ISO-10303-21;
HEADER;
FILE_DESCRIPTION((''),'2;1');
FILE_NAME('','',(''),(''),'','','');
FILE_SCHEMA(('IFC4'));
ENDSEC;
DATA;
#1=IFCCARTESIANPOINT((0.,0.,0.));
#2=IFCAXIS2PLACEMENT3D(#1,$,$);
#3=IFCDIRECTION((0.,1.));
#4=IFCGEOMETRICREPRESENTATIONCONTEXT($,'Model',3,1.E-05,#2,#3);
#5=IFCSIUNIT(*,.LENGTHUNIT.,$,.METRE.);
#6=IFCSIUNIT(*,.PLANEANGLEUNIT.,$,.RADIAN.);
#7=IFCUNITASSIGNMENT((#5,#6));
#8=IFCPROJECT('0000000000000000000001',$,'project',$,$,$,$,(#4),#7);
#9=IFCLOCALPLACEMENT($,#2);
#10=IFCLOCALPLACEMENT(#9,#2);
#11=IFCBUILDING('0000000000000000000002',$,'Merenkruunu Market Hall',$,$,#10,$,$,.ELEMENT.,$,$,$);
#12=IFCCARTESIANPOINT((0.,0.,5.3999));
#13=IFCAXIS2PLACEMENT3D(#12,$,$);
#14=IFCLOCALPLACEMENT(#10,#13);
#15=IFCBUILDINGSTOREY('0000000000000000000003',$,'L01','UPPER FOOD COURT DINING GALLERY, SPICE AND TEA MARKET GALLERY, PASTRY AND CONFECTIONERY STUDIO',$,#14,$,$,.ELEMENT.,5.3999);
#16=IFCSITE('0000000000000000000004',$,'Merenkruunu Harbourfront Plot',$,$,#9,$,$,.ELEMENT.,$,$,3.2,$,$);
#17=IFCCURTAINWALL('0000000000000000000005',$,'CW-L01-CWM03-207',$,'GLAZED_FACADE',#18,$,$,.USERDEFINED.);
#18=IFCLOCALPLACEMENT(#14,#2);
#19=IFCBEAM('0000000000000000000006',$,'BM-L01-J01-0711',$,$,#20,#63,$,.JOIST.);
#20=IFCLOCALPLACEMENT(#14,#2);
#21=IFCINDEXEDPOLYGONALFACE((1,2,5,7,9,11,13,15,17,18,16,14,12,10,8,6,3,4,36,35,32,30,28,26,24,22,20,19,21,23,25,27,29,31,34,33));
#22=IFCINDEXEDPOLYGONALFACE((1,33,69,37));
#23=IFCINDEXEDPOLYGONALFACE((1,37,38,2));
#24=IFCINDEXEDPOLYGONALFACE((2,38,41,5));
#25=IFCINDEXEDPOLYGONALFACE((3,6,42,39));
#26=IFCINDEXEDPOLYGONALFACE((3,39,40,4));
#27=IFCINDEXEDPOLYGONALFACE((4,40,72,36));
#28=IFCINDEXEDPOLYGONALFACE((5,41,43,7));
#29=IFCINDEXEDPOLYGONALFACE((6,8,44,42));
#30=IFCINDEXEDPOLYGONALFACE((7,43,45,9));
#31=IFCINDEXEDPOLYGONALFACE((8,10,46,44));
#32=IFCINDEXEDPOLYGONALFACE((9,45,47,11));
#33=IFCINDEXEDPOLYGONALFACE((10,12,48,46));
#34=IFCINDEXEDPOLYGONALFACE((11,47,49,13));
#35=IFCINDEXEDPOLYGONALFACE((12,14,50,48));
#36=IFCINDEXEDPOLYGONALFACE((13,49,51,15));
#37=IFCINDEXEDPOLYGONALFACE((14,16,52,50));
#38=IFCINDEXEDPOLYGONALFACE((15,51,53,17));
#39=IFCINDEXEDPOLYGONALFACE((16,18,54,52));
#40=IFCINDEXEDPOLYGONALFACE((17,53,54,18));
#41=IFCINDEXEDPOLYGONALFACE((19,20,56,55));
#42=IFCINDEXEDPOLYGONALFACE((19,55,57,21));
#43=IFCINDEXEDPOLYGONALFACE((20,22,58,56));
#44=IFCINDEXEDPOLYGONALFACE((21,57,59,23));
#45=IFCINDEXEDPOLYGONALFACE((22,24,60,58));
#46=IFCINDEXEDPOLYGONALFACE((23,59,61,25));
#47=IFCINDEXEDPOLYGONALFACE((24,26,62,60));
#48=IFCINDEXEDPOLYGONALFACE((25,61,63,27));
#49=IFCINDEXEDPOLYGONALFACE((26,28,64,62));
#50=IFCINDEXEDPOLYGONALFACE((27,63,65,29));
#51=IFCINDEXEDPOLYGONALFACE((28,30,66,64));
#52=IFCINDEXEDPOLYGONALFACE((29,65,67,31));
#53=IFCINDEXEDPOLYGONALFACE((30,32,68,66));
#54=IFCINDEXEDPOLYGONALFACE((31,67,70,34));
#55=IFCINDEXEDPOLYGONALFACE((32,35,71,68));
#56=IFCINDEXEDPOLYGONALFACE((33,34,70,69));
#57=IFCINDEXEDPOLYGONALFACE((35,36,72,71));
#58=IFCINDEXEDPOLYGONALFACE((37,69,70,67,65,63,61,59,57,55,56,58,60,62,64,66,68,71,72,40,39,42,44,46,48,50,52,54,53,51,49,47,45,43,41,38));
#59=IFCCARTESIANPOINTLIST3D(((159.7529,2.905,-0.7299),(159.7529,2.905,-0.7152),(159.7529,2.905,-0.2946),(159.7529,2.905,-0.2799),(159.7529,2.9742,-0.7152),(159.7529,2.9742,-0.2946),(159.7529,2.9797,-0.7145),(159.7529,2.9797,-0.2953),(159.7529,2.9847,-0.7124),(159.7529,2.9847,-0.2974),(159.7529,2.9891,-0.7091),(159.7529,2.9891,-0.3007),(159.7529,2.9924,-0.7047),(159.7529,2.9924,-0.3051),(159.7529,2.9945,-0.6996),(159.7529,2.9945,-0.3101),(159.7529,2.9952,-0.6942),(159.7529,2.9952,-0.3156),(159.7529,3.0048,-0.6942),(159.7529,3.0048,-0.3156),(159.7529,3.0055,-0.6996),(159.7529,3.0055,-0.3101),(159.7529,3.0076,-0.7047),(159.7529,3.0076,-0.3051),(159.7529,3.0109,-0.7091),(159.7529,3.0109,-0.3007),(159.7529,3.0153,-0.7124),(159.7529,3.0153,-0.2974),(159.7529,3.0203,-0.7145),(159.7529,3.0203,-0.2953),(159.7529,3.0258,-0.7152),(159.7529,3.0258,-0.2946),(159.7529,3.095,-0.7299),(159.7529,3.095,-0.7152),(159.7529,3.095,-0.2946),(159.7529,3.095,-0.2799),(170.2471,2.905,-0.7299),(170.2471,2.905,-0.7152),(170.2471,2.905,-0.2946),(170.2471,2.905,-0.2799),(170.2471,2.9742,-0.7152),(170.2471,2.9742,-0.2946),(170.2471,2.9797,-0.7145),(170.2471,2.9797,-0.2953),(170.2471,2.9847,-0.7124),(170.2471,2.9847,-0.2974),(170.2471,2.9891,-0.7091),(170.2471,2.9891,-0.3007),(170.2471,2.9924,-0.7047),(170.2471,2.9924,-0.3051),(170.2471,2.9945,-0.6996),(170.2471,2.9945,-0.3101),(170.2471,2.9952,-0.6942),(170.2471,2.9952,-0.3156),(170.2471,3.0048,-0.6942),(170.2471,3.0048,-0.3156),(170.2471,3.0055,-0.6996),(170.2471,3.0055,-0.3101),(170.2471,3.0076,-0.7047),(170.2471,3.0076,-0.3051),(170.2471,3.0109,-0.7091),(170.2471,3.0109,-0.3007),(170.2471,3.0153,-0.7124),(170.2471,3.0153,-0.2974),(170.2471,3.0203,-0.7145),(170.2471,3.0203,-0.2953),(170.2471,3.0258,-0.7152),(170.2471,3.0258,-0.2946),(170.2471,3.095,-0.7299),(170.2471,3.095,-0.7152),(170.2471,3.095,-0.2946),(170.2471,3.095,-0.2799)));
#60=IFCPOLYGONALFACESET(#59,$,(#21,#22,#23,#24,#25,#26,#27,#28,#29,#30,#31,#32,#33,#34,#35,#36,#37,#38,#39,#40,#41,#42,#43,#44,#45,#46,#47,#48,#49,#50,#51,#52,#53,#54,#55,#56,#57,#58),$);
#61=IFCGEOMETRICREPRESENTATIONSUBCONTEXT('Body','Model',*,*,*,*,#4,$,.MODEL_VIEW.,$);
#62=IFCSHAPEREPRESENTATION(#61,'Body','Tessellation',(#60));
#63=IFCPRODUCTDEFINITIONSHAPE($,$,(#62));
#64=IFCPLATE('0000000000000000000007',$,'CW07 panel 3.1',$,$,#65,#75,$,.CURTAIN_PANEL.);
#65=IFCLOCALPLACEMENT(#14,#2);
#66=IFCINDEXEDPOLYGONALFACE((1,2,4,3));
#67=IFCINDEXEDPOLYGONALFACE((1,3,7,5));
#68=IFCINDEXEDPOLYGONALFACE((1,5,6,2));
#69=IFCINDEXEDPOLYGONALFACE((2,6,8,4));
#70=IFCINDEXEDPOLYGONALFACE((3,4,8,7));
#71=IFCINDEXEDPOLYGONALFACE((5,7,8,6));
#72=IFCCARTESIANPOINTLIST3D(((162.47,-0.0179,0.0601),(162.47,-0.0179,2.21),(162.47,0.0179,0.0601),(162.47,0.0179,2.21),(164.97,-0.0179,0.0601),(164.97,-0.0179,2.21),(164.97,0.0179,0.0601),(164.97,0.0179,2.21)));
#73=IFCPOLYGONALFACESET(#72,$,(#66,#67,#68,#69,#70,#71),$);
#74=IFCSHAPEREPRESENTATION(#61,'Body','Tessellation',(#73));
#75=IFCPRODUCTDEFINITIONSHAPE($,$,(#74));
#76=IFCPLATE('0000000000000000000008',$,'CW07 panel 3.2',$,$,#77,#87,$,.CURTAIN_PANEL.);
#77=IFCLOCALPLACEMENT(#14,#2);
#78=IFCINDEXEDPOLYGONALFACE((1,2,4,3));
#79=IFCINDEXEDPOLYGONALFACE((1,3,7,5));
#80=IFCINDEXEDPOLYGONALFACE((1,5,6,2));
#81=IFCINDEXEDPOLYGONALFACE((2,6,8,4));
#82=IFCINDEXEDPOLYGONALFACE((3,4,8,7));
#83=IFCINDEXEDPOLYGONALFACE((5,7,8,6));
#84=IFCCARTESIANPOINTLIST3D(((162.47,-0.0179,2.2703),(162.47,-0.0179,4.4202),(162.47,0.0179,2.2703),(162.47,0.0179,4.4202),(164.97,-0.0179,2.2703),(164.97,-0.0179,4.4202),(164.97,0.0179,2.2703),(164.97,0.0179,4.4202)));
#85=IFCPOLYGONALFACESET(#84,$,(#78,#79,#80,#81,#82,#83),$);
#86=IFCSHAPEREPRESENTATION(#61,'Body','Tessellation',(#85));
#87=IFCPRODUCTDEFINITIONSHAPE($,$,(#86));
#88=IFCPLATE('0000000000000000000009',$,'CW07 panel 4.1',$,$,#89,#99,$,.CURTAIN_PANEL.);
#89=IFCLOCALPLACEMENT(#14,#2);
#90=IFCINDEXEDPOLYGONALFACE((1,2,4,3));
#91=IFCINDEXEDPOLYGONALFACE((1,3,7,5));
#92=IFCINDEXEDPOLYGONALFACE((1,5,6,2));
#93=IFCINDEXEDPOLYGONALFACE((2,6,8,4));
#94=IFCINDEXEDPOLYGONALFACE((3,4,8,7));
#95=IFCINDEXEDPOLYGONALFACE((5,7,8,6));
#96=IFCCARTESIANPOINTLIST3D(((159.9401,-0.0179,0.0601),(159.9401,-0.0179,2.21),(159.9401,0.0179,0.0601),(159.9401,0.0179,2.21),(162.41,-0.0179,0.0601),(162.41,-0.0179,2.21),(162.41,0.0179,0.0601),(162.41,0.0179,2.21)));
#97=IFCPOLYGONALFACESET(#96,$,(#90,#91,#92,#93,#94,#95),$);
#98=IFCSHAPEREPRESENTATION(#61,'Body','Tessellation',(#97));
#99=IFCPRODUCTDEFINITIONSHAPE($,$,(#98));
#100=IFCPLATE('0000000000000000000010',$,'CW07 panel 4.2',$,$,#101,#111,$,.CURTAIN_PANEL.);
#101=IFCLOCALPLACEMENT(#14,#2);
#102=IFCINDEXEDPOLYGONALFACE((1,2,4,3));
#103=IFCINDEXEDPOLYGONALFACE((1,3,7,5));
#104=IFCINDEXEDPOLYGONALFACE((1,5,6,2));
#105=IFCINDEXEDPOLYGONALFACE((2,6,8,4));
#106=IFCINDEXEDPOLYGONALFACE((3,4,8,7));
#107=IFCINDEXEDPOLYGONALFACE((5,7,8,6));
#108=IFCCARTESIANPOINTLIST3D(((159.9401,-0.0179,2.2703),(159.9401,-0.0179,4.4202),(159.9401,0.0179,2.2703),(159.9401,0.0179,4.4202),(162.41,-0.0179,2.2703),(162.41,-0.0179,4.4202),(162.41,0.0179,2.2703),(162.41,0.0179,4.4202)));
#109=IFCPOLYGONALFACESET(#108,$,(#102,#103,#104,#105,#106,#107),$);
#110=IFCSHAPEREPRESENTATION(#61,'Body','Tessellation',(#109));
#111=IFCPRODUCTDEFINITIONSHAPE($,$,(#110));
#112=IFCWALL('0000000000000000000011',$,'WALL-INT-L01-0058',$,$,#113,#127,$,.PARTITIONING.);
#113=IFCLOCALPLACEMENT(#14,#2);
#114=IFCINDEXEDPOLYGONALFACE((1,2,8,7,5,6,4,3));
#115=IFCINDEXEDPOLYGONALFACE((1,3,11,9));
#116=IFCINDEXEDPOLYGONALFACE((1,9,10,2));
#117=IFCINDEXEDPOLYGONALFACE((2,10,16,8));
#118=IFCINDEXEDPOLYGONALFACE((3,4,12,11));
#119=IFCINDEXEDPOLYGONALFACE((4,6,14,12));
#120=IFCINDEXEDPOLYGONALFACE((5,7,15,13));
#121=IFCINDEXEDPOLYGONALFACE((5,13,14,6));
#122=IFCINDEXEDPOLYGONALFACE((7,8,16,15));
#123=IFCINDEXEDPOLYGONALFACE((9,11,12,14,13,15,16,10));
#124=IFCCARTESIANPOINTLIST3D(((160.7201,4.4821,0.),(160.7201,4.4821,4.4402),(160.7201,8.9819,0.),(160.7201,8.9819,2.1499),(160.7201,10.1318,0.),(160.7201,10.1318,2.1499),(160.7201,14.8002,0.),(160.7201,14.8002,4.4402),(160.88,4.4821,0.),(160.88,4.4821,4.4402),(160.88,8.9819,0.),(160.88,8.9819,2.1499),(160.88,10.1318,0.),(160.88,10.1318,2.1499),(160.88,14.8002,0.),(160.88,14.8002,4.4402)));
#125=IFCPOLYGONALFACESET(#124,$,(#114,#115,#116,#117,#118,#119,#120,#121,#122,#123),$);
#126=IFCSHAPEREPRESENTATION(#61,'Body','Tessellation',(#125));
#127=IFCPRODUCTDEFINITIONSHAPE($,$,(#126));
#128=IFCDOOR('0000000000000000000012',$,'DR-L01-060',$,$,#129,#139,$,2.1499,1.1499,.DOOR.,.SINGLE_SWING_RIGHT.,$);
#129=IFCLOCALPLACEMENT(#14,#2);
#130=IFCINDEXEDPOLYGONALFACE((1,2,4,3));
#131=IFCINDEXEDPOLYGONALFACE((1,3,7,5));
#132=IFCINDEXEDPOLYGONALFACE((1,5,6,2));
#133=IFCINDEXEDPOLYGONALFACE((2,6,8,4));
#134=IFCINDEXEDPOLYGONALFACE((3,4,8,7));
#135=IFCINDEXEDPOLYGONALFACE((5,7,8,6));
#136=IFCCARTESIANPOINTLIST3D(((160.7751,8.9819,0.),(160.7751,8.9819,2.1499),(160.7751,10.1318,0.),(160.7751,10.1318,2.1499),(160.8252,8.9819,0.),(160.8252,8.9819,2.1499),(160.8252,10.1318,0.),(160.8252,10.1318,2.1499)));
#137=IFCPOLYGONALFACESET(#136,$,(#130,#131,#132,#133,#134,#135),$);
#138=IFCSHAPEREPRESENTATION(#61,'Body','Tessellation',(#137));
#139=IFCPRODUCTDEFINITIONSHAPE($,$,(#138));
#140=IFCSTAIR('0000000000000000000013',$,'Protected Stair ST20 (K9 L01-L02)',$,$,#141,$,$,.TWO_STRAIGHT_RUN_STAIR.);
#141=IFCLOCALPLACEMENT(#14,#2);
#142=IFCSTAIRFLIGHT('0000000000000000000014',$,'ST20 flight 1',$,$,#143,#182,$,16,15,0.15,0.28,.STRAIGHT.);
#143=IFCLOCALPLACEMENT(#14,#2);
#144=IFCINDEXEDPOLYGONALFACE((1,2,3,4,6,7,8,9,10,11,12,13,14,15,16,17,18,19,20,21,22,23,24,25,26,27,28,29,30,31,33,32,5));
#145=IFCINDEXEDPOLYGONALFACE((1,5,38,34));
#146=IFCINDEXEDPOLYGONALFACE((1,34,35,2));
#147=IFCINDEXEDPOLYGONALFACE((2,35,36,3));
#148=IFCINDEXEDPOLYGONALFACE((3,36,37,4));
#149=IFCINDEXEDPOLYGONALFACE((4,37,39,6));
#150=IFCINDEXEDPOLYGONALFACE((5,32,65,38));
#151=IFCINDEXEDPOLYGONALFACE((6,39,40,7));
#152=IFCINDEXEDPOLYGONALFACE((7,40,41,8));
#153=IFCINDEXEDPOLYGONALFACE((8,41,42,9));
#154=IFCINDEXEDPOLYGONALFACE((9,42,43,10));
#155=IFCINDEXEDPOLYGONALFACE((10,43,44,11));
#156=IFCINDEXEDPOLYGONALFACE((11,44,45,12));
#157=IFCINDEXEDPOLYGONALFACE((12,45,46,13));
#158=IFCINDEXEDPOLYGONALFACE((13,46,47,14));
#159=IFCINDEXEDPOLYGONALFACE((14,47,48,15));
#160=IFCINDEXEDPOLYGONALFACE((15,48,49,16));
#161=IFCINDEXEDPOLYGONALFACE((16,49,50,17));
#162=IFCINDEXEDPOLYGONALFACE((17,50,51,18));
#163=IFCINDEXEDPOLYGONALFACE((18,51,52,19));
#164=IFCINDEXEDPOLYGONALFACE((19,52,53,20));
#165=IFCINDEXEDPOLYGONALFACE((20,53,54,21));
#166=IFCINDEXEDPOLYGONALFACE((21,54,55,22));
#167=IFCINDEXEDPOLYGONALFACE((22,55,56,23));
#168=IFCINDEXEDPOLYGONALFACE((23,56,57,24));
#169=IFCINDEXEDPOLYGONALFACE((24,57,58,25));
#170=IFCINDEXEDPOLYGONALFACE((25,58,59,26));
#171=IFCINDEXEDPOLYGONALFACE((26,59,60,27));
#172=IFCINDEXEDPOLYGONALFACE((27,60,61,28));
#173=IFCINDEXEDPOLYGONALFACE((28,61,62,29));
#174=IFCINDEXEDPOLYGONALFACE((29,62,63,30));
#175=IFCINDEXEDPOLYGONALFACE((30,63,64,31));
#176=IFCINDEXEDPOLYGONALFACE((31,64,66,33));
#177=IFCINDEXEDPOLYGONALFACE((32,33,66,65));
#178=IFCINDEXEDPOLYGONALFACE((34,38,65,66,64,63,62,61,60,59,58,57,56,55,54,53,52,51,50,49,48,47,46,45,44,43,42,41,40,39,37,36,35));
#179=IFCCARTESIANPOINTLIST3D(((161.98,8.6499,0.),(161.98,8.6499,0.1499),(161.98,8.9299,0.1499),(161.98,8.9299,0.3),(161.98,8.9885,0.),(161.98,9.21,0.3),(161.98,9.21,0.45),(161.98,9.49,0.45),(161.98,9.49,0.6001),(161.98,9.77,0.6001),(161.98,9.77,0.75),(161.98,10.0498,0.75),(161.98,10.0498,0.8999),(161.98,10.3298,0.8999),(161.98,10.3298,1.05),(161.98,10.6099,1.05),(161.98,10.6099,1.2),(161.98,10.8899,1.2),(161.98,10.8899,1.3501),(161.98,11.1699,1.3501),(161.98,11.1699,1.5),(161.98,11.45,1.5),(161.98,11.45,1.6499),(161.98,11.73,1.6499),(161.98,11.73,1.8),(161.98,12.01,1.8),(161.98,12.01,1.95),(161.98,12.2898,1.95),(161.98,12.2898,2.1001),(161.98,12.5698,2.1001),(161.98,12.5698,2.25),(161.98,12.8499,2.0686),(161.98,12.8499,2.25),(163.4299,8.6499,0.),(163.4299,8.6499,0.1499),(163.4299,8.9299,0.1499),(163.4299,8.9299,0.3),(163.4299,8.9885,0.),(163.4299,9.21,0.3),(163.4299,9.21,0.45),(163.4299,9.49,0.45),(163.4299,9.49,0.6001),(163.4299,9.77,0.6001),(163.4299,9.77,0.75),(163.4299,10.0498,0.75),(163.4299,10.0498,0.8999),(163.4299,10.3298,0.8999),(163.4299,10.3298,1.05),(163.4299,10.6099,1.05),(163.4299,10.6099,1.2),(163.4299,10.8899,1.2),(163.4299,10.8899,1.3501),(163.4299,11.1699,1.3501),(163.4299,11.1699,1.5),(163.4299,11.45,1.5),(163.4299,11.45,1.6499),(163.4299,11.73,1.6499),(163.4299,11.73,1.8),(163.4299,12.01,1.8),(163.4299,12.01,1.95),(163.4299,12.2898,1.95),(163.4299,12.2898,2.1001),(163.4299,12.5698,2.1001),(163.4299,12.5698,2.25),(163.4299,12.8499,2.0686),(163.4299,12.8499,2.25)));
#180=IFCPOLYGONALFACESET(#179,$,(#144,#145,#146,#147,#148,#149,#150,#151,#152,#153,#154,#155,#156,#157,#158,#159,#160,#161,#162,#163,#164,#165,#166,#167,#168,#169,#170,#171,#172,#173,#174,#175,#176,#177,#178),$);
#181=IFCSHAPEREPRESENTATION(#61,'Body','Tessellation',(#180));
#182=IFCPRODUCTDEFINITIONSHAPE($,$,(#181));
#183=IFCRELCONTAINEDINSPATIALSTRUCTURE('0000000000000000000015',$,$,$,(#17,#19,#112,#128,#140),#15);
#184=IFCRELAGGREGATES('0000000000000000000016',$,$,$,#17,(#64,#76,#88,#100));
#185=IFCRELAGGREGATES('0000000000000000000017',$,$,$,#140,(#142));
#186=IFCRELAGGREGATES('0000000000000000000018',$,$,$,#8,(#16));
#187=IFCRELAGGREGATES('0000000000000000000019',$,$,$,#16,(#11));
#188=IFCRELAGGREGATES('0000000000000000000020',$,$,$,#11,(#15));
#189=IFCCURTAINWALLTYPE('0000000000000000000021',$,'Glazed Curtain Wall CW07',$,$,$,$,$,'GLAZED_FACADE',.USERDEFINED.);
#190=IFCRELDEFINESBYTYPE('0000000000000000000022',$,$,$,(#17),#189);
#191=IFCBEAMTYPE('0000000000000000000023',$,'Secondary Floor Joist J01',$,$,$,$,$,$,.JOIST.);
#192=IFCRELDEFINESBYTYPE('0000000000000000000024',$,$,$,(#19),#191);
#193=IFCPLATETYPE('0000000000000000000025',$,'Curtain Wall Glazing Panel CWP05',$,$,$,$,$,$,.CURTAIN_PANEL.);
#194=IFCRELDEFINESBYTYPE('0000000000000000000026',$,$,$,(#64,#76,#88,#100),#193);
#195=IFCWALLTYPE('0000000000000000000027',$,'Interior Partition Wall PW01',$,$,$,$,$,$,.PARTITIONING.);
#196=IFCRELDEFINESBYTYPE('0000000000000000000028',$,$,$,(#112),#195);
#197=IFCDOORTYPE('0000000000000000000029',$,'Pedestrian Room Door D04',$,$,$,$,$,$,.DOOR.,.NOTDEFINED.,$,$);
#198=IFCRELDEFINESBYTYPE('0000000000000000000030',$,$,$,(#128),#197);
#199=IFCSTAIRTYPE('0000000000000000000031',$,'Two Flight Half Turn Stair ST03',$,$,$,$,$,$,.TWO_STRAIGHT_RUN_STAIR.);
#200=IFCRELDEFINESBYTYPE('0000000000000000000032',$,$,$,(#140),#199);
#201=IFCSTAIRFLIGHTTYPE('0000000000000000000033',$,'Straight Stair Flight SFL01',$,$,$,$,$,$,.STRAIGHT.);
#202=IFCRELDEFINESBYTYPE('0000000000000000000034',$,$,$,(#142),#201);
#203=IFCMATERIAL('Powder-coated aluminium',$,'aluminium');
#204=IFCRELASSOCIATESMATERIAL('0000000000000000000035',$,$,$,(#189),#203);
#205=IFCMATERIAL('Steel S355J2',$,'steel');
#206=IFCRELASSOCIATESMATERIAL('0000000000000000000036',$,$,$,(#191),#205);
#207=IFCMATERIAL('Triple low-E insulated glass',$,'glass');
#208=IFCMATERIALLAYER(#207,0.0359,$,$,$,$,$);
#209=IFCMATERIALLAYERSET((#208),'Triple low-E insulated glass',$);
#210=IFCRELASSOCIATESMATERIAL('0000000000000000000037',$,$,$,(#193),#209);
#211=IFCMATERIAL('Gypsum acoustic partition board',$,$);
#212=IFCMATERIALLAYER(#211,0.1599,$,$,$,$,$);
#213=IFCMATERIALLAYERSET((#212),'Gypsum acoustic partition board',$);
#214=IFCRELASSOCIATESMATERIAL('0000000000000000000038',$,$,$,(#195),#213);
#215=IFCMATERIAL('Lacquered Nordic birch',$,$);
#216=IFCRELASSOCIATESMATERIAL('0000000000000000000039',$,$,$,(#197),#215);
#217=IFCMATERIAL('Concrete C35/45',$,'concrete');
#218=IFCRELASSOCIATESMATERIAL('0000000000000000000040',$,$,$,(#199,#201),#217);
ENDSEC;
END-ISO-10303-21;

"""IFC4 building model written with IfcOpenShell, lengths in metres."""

from ifc_helpers import new_model, si_unit, direction, frame, frame_2d, origin, origin_2d, place, context, subcontext, project, spatial, polyline, rectangle, i_section, outline, extrude, material, layer, layer_set, material_profile, profile_set, type_object, element, fill, aggregate, save


model = new_model("IFC4")

# Units and contexts
model_context = context("Model", 3, precision=1e-05, world=origin(), true_north=direction((0.0, 1.0)))
body_context = subcontext(model_context, "Body", "Model", "MODEL_VIEW")
ifc_project = project(units=[si_unit("LENGTHUNIT", "METRE"), si_unit("PLANEANGLEUNIT", "RADIAN")], contexts=[model_context])

# Site, building, storey
site_placement = place(None, origin())
site = spatial("IfcSite", under=ifc_project, at=site_placement, Name="Merenkruunu Harbourfront Plot", CompositionType="ELEMENT", RefElevation=3.2)
building_placement = place(site_placement, origin())
building = spatial("IfcBuilding", under=site, at=building_placement, Name="Merenkruunu Market Hall", CompositionType="ELEMENT")
storey_placement = place(building_placement, frame((0.0, 0.0, 5.3999)))
storey = spatial("IfcBuildingStorey", under=building, at=storey_placement, Name="L01", Description="UPPER FOOD COURT DINING GALLERY, SPICE AND TEA MARKET GALLERY, PASTRY AND CONFECTIONERY STUDIO", CompositionType="ELEMENT", Elevation=5.3999)

# Curtain wall
ifc_material_1 = material(Name="Powder-coated aluminium", Category="aluminium")
curtain_wall_type = type_object("IfcCurtainWallType", Name="Glazed Curtain Wall CW07", ElementType="GLAZED_FACADE", PredefinedType="USERDEFINED", material=ifc_material_1)
curtain_wall_placement = place(storey_placement, origin())
curtain_wall = element("IfcCurtainWall", 1, at=curtain_wall_placement, inside=storey, type_object=curtain_wall_type, Name="CW-L01-CWM03-207", ObjectType="GLAZED_FACADE", PredefinedType="USERDEFINED")

# Beam
ifc_material_2 = material(Name="Steel S355J2", Category="steel")
ifc_material_profile_1 = material_profile(ifc_material_2, i_section(OverallWidth=0.1899, OverallDepth=0.45, WebThickness=0.0095, FlangeThickness=0.0146, FilletRadius=0.021, at=origin_2d()), Name="IPE 450")
ifc_profile_set_1 = profile_set([ifc_material_profile_1], Name="Steel S355J2")
beam_type = type_object("IfcBeamType", Name="Secondary Floor Joist J01", PredefinedType="JOIST", material=ifc_profile_set_1)
beam_placement = place(storey_placement, frame((159.7529, 3.0, -0.5049), z_axis=(1.0, 0.0, 0.0), x_axis=(0.0, 1.0, 0.0)))
element("IfcBeam", 2, at=beam_placement, inside=storey, type_object=beam_type, Name="BM-L01-J01-0711", PredefinedType="JOIST", context=body_context, shape_type="SweptSolid", body=[
    extrude(i_section(OverallWidth=0.1899, OverallDepth=0.45, WebThickness=0.0095, FlangeThickness=0.0146, FilletRadius=0.021, at=origin_2d()), origin(), (0.0, 0.0, 1.0), 10.4941),
])

# Plates
ifc_material_3 = material(Name="Triple low-E insulated glass", Category="glass")
ifc_layer_1 = layer(ifc_material_3, 0.0359)
ifc_layer_set_1 = layer_set([ifc_layer_1], Name="Triple low-E insulated glass")
plate_type = type_object("IfcPlateType", Name="Curtain Wall Glazing Panel CWP05", PredefinedType="CURTAIN_PANEL", material=ifc_layer_set_1)
plate_1_placement = place(storey_placement, frame((163.72, 0.0, 0.0601), z_axis=(0.0, 0.0, 1.0), x_axis=(-1.0, 0.0, 0.0)))
plate_1 = element("IfcPlate", 3, at=plate_1_placement, type_object=plate_type, Name="CW07 panel 3.1", PredefinedType="CURTAIN_PANEL", context=body_context, shape_type="SweptSolid", body=[
    extrude(rectangle(XDim=2.5, YDim=0.0359, at=origin_2d()), origin(), (0.0, 0.0, 1.0), 2.1499),
])
plate_2_placement = place(storey_placement, frame((163.72, 0.0, 2.2703), z_axis=(0.0, 0.0, 1.0), x_axis=(-1.0, 0.0, 0.0)))
plate_2 = element("IfcPlate", 4, at=plate_2_placement, type_object=plate_type, Name="CW07 panel 3.2", PredefinedType="CURTAIN_PANEL", context=body_context, shape_type="SweptSolid", body=[
    extrude(rectangle(XDim=2.5, YDim=0.0359, at=origin_2d()), origin(), (0.0, 0.0, 1.0), 2.1499),
])
plate_3_placement = place(storey_placement, frame((161.175, 0.0, 0.0601), z_axis=(0.0, 0.0, 1.0), x_axis=(-1.0, 0.0, 0.0)))
plate_3 = element("IfcPlate", 5, at=plate_3_placement, type_object=plate_type, Name="CW07 panel 4.1", PredefinedType="CURTAIN_PANEL", context=body_context, shape_type="SweptSolid", body=[
    extrude(rectangle(XDim=2.47, YDim=0.0359, at=origin_2d()), origin(), (0.0, 0.0, 1.0), 2.1499),
])
plate_4_placement = place(storey_placement, frame((161.175, 0.0, 2.2703), z_axis=(0.0, 0.0, 1.0), x_axis=(-1.0, 0.0, 0.0)))
plate_4 = element("IfcPlate", 6, at=plate_4_placement, type_object=plate_type, Name="CW07 panel 4.2", PredefinedType="CURTAIN_PANEL", context=body_context, shape_type="SweptSolid", body=[
    extrude(rectangle(XDim=2.47, YDim=0.0359, at=origin_2d()), origin(), (0.0, 0.0, 1.0), 2.1499),
])
aggregate(curtain_wall, [plate_1, plate_2, plate_3, plate_4])

# Wall, opening, door
ifc_material_4 = material(Name="Gypsum acoustic partition board")
ifc_layer_2 = layer(ifc_material_4, 0.1599)
ifc_layer_set_2 = layer_set([ifc_layer_2], Name="Gypsum acoustic partition board")
wall_type = type_object("IfcWallType", Name="Interior Partition Wall PW01", PredefinedType="PARTITIONING", material=ifc_layer_set_2)
wall_placement = place(storey_placement, frame((160.8, 4.4819, 0.0), z_axis=(0.0, 0.0, 1.0), x_axis=(0.0, 1.0, 0.0)))
wall = element("IfcWall", 7, at=wall_placement, inside=storey, type_object=wall_type, Name="WALL-INT-L01-0058", PredefinedType="PARTITIONING", context=body_context, shape_type="SweptSolid", body=[
    extrude(rectangle(XDim=10.3181, YDim=0.1599, at=frame_2d((5.1592, 0.0))), origin(), (0.0, 0.0, 1.0), 4.4402),
])
opening_placement = place(wall_placement, frame((4.5, 0.0, 0.0)))
opening = element("IfcOpeningElement", 8, at=opening_placement, cuts=wall, PredefinedType="OPENING", context=body_context, shape_type="SweptSolid", body=[
    extrude(rectangle(XDim=1.1499, YDim=2.1499, at=frame_2d((0.575, 1.075))), frame((0.0, 0.0898, 0.0), z_axis=(0.0, -1.0, 0.0), x_axis=(1.0, 0.0, 0.0)), (0.0, 0.0, 1.0), 0.1799),
])
ifc_material_5 = material(Name="Lacquered Nordic birch")
door_type = type_object("IfcDoorType", Name="Pedestrian Room Door D04", OperationType="NOTDEFINED", PredefinedType="DOOR", material=ifc_material_5)
door_placement = place(opening_placement, origin())
door = element("IfcDoor", 9, at=door_placement, inside=storey, type_object=door_type, Name="DR-L01-060", OperationType="SINGLE_SWING_RIGHT", OverallHeight=2.1499, OverallWidth=1.1499, PredefinedType="DOOR", context=body_context, shape_type="SweptSolid", body=[
    extrude(rectangle(XDim=1.1499, YDim=2.1499, at=frame_2d((0.575, 1.075))), frame((0.0, 0.0249, 0.0), z_axis=(0.0, -1.0, 0.0), x_axis=(1.0, 0.0, 0.0)), (0.0, 0.0, 1.0), 0.05),
])
fill(opening, door)

# Stair, stair flight
ifc_material_6 = material(Name="Concrete C35/45", Category="concrete")
stair_type = type_object("IfcStairType", Name="Two Flight Half Turn Stair ST03", PredefinedType="TWO_STRAIGHT_RUN_STAIR", material=ifc_material_6)
stair_placement = place(storey_placement, origin())
stair = element("IfcStair", 10, at=stair_placement, inside=storey, type_object=stair_type, Name="Protected Stair ST20 (K9 L01-L02)", PredefinedType="TWO_STRAIGHT_RUN_STAIR")
stair_flight_type = type_object("IfcStairFlightType", Name="Straight Stair Flight SFL01", PredefinedType="STRAIGHT", material=ifc_material_6)
stair_flight_placement = place(storey_placement, frame((162.7051, 8.6499, 0.0), z_axis=(0.0, 0.0, 1.0), x_axis=(0.0, 1.0, 0.0)))
stair_flight = element("IfcStairFlight", 11, at=stair_flight_placement, type_object=stair_flight_type, Name="ST20 flight 1", NumberOfRisers=16, NumberOfTreads=15, PredefinedType="STRAIGHT", RiserHeight=0.15, TreadLength=0.28, context=body_context, shape_type="SweptSolid", body=[
    extrude(outline(polyline([(0.0, 0.0), (0.0, 0.1499), (0.28, 0.1499), (0.28, 0.3), (0.5601, 0.3), (0.5601, 0.45), (0.8401, 0.45), (0.8401, 0.6001), (1.1201, 0.6001), (1.1201, 0.75), (1.3999, 0.75), (1.3999, 0.8999), (1.6799, 0.8999), (1.6799, 1.05), (1.96, 1.05), (1.96, 1.2), (2.24, 1.2), (2.24, 1.3501), (2.52, 1.3501), (2.52, 1.5), (2.8, 1.5), (2.8, 1.6499), (3.0801, 1.6499), (3.0801, 1.8), (3.3601, 1.8), (3.3601, 1.95), (3.6399, 1.95), (3.6399, 2.1001), (3.9199, 2.1001), (3.9199, 2.25), (4.2, 2.25), (4.2, 2.3999), (4.2, 2.0686), (0.3386, 0.0), (0.0, 0.0)])), frame((0.0, 0.7251, 0.0), z_axis=(0.0, -1.0, 0.0), x_axis=(1.0, 0.0, 0.0)), (0.0, 0.0, 1.0), 1.45),
])
aggregate(stair, [stair_flight])

save(model, "model.ifc")
